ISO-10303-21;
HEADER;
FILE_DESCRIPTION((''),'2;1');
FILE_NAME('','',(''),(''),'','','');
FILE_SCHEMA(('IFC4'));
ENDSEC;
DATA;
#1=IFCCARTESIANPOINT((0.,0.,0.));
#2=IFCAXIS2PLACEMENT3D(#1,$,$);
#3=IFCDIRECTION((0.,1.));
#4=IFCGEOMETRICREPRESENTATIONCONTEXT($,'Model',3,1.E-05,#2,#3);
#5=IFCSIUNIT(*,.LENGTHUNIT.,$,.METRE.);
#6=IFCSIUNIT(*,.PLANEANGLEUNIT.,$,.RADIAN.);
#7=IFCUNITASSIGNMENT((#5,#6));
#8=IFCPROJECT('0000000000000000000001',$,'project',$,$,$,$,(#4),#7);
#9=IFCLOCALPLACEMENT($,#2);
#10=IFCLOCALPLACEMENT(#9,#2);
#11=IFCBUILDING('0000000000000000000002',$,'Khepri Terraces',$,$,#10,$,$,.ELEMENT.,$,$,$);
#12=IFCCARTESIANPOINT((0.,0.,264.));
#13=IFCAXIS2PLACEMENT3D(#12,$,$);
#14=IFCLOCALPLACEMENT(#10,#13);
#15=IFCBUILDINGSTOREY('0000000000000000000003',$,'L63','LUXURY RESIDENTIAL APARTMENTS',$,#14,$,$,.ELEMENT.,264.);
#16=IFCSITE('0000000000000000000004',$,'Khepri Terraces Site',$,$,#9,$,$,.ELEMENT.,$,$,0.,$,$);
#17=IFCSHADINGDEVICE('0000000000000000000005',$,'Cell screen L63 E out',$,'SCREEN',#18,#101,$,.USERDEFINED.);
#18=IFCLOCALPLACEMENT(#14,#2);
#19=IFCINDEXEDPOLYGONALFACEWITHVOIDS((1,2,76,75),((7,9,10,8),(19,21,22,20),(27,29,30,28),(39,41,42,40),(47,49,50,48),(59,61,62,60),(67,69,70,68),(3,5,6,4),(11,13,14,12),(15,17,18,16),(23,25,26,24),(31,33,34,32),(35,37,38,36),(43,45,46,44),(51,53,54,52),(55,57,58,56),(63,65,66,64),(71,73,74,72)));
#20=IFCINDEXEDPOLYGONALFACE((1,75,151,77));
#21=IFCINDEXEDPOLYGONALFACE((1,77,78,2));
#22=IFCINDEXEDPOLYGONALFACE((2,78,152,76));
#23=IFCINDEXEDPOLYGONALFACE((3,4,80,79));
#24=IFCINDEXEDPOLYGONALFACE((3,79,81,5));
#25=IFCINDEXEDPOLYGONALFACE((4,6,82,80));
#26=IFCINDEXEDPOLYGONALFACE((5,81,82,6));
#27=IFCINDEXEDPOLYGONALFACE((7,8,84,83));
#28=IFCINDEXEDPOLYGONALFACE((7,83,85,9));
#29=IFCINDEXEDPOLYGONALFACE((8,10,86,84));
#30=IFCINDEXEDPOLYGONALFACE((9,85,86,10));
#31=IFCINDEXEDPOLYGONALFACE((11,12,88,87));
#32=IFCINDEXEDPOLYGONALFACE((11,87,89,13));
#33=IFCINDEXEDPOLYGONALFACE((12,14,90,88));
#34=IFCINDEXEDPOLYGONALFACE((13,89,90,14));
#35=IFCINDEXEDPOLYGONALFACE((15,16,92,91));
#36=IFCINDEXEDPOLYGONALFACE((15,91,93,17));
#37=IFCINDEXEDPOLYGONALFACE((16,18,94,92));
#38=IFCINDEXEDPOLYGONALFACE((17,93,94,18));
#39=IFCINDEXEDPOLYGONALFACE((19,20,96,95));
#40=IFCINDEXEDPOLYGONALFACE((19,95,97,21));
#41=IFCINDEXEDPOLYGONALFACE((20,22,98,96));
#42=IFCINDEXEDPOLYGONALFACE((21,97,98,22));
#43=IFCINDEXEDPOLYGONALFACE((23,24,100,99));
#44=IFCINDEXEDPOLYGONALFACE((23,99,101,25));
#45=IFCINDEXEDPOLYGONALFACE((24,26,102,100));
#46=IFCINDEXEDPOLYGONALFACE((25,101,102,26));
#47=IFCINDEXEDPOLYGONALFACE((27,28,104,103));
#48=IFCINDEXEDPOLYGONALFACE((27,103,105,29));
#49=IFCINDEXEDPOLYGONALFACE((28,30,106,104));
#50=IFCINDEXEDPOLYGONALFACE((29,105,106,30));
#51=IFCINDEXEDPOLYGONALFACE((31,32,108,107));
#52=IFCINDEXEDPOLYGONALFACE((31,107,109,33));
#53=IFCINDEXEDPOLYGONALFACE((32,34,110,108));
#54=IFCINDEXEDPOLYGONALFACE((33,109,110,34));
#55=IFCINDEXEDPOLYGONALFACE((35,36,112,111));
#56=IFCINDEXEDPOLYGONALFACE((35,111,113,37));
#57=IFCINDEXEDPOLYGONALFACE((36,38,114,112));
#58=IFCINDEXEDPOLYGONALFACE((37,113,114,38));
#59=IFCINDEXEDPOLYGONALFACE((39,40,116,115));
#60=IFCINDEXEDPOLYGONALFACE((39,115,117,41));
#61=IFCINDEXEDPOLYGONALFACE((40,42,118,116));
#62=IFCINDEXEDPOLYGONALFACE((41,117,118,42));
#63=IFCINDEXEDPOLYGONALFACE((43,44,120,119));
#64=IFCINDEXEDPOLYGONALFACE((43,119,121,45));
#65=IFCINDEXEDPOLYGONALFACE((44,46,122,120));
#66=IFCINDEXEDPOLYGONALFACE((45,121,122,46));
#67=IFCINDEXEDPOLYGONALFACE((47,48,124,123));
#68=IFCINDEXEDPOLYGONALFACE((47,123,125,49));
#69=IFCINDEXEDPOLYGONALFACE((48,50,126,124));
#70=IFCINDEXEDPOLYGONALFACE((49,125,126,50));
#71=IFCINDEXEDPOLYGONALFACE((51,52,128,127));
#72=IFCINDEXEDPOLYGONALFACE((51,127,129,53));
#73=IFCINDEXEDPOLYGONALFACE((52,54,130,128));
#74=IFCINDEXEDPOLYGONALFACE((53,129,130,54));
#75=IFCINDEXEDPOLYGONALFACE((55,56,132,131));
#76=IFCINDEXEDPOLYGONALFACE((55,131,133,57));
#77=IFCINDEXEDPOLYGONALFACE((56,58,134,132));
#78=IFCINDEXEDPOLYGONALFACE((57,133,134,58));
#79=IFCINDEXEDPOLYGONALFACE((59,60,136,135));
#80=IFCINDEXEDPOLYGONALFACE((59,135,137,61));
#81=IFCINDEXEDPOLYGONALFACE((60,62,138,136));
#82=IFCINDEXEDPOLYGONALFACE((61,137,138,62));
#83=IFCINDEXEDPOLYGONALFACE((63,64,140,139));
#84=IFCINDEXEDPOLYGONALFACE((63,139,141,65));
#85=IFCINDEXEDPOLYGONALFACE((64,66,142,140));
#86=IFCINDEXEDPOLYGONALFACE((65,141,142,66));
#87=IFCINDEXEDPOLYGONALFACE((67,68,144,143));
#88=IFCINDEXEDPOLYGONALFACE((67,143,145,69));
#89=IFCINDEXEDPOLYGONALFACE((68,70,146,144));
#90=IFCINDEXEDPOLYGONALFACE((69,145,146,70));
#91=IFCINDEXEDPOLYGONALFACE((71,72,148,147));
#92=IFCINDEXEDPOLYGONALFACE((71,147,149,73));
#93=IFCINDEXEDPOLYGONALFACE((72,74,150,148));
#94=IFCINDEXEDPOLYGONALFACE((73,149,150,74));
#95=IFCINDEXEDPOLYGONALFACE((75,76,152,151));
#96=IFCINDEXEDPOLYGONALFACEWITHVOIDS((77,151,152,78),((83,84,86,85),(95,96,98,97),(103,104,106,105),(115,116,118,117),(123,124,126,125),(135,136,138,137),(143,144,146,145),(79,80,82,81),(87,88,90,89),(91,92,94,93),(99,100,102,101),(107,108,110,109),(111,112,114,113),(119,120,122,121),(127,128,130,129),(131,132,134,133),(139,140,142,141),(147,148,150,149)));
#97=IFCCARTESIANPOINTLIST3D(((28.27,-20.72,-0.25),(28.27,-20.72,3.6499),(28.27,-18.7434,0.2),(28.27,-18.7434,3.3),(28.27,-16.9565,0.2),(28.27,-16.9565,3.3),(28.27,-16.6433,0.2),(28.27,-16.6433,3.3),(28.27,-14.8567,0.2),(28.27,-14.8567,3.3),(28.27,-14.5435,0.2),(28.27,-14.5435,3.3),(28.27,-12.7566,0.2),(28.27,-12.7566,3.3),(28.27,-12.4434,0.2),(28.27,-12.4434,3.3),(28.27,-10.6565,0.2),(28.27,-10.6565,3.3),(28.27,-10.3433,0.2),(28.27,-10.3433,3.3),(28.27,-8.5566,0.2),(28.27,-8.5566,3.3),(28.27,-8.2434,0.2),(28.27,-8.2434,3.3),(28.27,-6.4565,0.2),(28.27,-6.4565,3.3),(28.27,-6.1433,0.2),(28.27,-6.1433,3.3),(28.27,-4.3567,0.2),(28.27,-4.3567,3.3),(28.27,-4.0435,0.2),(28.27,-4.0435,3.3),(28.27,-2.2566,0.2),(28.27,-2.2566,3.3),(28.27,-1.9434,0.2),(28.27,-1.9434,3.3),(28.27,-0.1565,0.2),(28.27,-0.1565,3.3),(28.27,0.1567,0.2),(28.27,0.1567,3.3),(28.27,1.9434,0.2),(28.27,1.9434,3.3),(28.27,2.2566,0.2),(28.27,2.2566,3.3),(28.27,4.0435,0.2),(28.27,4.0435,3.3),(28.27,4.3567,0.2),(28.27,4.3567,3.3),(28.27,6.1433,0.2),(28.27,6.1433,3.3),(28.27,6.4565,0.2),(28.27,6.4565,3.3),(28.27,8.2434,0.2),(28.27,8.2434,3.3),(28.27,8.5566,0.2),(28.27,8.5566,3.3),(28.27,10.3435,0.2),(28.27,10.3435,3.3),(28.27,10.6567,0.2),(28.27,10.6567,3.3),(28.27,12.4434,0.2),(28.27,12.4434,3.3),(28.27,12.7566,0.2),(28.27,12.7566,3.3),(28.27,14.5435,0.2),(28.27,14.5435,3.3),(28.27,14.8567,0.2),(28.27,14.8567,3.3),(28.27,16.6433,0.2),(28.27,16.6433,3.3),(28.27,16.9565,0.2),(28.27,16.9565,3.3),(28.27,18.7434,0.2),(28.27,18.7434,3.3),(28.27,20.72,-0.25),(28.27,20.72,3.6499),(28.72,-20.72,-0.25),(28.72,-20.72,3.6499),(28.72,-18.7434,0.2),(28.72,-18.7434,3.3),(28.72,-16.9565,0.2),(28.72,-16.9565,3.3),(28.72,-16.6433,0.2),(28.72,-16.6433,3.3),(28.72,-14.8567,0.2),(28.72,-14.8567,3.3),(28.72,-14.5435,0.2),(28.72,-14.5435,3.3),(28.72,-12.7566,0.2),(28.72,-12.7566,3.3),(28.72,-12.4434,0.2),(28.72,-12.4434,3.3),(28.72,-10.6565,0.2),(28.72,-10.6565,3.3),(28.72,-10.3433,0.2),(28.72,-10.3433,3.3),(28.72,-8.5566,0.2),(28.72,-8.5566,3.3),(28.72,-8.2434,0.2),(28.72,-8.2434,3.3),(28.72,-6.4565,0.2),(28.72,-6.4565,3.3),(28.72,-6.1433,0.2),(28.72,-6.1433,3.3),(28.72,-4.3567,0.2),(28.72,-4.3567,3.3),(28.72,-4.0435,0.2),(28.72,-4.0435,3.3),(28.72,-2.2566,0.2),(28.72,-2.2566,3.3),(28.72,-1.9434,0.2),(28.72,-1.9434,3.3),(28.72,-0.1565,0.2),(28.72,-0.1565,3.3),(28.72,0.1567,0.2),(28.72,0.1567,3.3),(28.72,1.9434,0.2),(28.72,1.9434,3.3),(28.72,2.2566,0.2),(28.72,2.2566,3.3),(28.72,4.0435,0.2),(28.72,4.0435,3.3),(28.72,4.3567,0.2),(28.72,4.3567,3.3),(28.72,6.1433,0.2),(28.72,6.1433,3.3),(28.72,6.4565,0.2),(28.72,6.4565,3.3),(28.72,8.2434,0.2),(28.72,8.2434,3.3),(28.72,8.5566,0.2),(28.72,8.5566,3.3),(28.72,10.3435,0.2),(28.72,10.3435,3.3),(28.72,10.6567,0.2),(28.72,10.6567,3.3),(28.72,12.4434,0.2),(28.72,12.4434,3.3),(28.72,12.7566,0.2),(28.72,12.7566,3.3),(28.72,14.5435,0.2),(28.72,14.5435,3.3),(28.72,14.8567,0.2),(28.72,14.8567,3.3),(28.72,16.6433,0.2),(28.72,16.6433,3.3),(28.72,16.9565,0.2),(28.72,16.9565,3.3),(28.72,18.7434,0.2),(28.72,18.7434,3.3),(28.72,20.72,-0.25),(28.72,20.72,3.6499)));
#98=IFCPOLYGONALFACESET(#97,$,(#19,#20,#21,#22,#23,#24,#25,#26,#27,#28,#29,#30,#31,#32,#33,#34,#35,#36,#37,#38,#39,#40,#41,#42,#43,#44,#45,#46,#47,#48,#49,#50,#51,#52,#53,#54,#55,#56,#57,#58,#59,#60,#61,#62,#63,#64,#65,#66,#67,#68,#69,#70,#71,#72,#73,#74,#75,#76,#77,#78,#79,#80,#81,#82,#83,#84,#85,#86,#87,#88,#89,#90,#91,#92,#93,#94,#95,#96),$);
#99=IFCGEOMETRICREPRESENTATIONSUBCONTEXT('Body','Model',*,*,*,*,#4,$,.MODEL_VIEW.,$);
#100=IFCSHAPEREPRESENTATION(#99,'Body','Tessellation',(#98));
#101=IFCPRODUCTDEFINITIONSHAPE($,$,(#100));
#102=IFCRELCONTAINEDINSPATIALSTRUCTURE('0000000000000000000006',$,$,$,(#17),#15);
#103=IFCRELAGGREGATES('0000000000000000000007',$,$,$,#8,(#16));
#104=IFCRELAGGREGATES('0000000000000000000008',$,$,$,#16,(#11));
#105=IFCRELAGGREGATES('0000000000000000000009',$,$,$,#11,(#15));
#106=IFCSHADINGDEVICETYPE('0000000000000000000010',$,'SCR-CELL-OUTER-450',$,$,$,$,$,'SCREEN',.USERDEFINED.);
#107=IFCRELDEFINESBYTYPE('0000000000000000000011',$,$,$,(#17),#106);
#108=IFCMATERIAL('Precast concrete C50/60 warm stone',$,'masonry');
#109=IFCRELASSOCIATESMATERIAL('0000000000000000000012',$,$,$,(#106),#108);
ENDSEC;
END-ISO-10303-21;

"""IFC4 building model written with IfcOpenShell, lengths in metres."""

from ifc_helpers import new_model, si_unit, direction, frame, origin, place, context, subcontext, project, spatial, polyline, outline, extrude, material, type_object, element, save


model = new_model("IFC4")

# Units and contexts
model_context = context("Model", 3, precision=1e-05, world=origin(), true_north=direction((0.0, 1.0)))
body_context = subcontext(model_context, "Body", "Model", "MODEL_VIEW")
ifc_project = project(units=[si_unit("LENGTHUNIT", "METRE"), si_unit("PLANEANGLEUNIT", "RADIAN")], contexts=[model_context])

# Site, building, storey
site_placement = place(None, origin())
site = spatial("IfcSite", under=ifc_project, at=site_placement, Name="Khepri Terraces Site", CompositionType="ELEMENT", RefElevation=0.0)
building_placement = place(site_placement, origin())
building = spatial("IfcBuilding", under=site, at=building_placement, Name="Khepri Terraces", CompositionType="ELEMENT")
storey_placement = place(building_placement, frame((0.0, 0.0, 264.0)))
storey = spatial("IfcBuildingStorey", under=building, at=storey_placement, Name="L63", Description="LUXURY RESIDENTIAL APARTMENTS", CompositionType="ELEMENT", Elevation=264.0)

# Shared definitions
ifc_material_1 = material(Name="Precast concrete C50/60 warm stone", Category="masonry")

# Shading device
shading_device_type_1 = type_object("IfcShadingDeviceType", Name="SCR-CELL-OUTER-450", ElementType="SCREEN", PredefinedType="USERDEFINED", material=ifc_material_1)
shading_device_1_placement = place(storey_placement, frame((28.27, -20.72, -0.25), z_axis=(1.0, 0.0, 0.0), x_axis=(0.0, 1.0, 0.0)))
element("IfcShadingDevice", 1, at=shading_device_1_placement, inside=storey, type_object=shading_device_type_1, Name="Cell screen L63 E out", ObjectType="SCREEN", PredefinedType="USERDEFINED", context=body_context, shape_type="SweptSolid", body=[
    extrude(outline(polyline([(0.0, 0.0), (41.4399, 0.0), (41.4399, 3.8999), (0.0, 3.8999), (0.0, 0.0)]), holes=[polyline([(1.9766, 0.45), (3.7634, 0.45), (3.7634, 3.55), (1.9766, 3.55), (1.9766, 0.45)]), polyline([(4.0767, 0.45), (5.8633, 0.45), (5.8633, 3.55), (4.0767, 3.55), (4.0767, 0.45)]), polyline([(6.1765, 0.45), (7.9634, 0.45), (7.9634, 3.55), (6.1765, 3.55), (6.1765, 0.45)]), polyline([(8.2766, 0.45), (10.0635, 0.45), (10.0635, 3.55), (8.2766, 3.55), (8.2766, 0.45)]), polyline([(10.3767, 0.45), (12.1633, 0.45), (12.1633, 3.55), (10.3767, 3.55), (10.3767, 0.45)]), polyline([(12.4766, 0.45), (14.2634, 0.45), (14.2634, 3.55), (12.4766, 3.55), (12.4766, 0.45)]), polyline([(14.5767, 0.45), (16.3633, 0.45), (16.3633, 3.55), (14.5767, 3.55), (14.5767, 0.45)]), polyline([(16.6765, 0.45), (18.4634, 0.45), (18.4634, 3.55), (16.6765, 3.55), (16.6765, 0.45)]), polyline([(18.7766, 0.45), (20.5635, 0.45), (20.5635, 3.55), (18.7766, 3.55), (18.7766, 0.45)]), polyline([(20.8767, 0.45), (22.6633, 0.45), (22.6633, 3.55), (20.8767, 3.55), (20.8767, 0.45)]), polyline([(22.9766, 0.45), (24.7634, 0.45), (24.7634, 3.55), (22.9766, 3.55), (22.9766, 0.45)]), polyline([(25.0767, 0.45), (26.8633, 0.45), (26.8633, 3.55), (25.0767, 3.55), (25.0767, 0.45)]), polyline([(27.1765, 0.45), (28.9634, 0.45), (28.9634, 3.55), (27.1765, 3.55), (27.1765, 0.45)]), polyline([(29.2766, 0.45), (31.0635, 0.45), (31.0635, 3.55), (29.2766, 3.55), (29.2766, 0.45)]), polyline([(31.3767, 0.45), (33.1633, 0.45), (33.1633, 3.55), (31.3767, 3.55), (31.3767, 0.45)]), polyline([(33.4766, 0.45), (35.2634, 0.45), (35.2634, 3.55), (33.4766, 3.55), (33.4766, 0.45)]), polyline([(35.5767, 0.45), (37.3633, 0.45), (37.3633, 3.55), (35.5767, 3.55), (35.5767, 0.45)]), polyline([(37.6765, 0.45), (39.4634, 0.45), (39.4634, 3.55), (37.6765, 3.55), (37.6765, 0.45)])]), origin(), (0.0, 0.0, 1.0), 0.45),
])

save(model, "model.ifc")
